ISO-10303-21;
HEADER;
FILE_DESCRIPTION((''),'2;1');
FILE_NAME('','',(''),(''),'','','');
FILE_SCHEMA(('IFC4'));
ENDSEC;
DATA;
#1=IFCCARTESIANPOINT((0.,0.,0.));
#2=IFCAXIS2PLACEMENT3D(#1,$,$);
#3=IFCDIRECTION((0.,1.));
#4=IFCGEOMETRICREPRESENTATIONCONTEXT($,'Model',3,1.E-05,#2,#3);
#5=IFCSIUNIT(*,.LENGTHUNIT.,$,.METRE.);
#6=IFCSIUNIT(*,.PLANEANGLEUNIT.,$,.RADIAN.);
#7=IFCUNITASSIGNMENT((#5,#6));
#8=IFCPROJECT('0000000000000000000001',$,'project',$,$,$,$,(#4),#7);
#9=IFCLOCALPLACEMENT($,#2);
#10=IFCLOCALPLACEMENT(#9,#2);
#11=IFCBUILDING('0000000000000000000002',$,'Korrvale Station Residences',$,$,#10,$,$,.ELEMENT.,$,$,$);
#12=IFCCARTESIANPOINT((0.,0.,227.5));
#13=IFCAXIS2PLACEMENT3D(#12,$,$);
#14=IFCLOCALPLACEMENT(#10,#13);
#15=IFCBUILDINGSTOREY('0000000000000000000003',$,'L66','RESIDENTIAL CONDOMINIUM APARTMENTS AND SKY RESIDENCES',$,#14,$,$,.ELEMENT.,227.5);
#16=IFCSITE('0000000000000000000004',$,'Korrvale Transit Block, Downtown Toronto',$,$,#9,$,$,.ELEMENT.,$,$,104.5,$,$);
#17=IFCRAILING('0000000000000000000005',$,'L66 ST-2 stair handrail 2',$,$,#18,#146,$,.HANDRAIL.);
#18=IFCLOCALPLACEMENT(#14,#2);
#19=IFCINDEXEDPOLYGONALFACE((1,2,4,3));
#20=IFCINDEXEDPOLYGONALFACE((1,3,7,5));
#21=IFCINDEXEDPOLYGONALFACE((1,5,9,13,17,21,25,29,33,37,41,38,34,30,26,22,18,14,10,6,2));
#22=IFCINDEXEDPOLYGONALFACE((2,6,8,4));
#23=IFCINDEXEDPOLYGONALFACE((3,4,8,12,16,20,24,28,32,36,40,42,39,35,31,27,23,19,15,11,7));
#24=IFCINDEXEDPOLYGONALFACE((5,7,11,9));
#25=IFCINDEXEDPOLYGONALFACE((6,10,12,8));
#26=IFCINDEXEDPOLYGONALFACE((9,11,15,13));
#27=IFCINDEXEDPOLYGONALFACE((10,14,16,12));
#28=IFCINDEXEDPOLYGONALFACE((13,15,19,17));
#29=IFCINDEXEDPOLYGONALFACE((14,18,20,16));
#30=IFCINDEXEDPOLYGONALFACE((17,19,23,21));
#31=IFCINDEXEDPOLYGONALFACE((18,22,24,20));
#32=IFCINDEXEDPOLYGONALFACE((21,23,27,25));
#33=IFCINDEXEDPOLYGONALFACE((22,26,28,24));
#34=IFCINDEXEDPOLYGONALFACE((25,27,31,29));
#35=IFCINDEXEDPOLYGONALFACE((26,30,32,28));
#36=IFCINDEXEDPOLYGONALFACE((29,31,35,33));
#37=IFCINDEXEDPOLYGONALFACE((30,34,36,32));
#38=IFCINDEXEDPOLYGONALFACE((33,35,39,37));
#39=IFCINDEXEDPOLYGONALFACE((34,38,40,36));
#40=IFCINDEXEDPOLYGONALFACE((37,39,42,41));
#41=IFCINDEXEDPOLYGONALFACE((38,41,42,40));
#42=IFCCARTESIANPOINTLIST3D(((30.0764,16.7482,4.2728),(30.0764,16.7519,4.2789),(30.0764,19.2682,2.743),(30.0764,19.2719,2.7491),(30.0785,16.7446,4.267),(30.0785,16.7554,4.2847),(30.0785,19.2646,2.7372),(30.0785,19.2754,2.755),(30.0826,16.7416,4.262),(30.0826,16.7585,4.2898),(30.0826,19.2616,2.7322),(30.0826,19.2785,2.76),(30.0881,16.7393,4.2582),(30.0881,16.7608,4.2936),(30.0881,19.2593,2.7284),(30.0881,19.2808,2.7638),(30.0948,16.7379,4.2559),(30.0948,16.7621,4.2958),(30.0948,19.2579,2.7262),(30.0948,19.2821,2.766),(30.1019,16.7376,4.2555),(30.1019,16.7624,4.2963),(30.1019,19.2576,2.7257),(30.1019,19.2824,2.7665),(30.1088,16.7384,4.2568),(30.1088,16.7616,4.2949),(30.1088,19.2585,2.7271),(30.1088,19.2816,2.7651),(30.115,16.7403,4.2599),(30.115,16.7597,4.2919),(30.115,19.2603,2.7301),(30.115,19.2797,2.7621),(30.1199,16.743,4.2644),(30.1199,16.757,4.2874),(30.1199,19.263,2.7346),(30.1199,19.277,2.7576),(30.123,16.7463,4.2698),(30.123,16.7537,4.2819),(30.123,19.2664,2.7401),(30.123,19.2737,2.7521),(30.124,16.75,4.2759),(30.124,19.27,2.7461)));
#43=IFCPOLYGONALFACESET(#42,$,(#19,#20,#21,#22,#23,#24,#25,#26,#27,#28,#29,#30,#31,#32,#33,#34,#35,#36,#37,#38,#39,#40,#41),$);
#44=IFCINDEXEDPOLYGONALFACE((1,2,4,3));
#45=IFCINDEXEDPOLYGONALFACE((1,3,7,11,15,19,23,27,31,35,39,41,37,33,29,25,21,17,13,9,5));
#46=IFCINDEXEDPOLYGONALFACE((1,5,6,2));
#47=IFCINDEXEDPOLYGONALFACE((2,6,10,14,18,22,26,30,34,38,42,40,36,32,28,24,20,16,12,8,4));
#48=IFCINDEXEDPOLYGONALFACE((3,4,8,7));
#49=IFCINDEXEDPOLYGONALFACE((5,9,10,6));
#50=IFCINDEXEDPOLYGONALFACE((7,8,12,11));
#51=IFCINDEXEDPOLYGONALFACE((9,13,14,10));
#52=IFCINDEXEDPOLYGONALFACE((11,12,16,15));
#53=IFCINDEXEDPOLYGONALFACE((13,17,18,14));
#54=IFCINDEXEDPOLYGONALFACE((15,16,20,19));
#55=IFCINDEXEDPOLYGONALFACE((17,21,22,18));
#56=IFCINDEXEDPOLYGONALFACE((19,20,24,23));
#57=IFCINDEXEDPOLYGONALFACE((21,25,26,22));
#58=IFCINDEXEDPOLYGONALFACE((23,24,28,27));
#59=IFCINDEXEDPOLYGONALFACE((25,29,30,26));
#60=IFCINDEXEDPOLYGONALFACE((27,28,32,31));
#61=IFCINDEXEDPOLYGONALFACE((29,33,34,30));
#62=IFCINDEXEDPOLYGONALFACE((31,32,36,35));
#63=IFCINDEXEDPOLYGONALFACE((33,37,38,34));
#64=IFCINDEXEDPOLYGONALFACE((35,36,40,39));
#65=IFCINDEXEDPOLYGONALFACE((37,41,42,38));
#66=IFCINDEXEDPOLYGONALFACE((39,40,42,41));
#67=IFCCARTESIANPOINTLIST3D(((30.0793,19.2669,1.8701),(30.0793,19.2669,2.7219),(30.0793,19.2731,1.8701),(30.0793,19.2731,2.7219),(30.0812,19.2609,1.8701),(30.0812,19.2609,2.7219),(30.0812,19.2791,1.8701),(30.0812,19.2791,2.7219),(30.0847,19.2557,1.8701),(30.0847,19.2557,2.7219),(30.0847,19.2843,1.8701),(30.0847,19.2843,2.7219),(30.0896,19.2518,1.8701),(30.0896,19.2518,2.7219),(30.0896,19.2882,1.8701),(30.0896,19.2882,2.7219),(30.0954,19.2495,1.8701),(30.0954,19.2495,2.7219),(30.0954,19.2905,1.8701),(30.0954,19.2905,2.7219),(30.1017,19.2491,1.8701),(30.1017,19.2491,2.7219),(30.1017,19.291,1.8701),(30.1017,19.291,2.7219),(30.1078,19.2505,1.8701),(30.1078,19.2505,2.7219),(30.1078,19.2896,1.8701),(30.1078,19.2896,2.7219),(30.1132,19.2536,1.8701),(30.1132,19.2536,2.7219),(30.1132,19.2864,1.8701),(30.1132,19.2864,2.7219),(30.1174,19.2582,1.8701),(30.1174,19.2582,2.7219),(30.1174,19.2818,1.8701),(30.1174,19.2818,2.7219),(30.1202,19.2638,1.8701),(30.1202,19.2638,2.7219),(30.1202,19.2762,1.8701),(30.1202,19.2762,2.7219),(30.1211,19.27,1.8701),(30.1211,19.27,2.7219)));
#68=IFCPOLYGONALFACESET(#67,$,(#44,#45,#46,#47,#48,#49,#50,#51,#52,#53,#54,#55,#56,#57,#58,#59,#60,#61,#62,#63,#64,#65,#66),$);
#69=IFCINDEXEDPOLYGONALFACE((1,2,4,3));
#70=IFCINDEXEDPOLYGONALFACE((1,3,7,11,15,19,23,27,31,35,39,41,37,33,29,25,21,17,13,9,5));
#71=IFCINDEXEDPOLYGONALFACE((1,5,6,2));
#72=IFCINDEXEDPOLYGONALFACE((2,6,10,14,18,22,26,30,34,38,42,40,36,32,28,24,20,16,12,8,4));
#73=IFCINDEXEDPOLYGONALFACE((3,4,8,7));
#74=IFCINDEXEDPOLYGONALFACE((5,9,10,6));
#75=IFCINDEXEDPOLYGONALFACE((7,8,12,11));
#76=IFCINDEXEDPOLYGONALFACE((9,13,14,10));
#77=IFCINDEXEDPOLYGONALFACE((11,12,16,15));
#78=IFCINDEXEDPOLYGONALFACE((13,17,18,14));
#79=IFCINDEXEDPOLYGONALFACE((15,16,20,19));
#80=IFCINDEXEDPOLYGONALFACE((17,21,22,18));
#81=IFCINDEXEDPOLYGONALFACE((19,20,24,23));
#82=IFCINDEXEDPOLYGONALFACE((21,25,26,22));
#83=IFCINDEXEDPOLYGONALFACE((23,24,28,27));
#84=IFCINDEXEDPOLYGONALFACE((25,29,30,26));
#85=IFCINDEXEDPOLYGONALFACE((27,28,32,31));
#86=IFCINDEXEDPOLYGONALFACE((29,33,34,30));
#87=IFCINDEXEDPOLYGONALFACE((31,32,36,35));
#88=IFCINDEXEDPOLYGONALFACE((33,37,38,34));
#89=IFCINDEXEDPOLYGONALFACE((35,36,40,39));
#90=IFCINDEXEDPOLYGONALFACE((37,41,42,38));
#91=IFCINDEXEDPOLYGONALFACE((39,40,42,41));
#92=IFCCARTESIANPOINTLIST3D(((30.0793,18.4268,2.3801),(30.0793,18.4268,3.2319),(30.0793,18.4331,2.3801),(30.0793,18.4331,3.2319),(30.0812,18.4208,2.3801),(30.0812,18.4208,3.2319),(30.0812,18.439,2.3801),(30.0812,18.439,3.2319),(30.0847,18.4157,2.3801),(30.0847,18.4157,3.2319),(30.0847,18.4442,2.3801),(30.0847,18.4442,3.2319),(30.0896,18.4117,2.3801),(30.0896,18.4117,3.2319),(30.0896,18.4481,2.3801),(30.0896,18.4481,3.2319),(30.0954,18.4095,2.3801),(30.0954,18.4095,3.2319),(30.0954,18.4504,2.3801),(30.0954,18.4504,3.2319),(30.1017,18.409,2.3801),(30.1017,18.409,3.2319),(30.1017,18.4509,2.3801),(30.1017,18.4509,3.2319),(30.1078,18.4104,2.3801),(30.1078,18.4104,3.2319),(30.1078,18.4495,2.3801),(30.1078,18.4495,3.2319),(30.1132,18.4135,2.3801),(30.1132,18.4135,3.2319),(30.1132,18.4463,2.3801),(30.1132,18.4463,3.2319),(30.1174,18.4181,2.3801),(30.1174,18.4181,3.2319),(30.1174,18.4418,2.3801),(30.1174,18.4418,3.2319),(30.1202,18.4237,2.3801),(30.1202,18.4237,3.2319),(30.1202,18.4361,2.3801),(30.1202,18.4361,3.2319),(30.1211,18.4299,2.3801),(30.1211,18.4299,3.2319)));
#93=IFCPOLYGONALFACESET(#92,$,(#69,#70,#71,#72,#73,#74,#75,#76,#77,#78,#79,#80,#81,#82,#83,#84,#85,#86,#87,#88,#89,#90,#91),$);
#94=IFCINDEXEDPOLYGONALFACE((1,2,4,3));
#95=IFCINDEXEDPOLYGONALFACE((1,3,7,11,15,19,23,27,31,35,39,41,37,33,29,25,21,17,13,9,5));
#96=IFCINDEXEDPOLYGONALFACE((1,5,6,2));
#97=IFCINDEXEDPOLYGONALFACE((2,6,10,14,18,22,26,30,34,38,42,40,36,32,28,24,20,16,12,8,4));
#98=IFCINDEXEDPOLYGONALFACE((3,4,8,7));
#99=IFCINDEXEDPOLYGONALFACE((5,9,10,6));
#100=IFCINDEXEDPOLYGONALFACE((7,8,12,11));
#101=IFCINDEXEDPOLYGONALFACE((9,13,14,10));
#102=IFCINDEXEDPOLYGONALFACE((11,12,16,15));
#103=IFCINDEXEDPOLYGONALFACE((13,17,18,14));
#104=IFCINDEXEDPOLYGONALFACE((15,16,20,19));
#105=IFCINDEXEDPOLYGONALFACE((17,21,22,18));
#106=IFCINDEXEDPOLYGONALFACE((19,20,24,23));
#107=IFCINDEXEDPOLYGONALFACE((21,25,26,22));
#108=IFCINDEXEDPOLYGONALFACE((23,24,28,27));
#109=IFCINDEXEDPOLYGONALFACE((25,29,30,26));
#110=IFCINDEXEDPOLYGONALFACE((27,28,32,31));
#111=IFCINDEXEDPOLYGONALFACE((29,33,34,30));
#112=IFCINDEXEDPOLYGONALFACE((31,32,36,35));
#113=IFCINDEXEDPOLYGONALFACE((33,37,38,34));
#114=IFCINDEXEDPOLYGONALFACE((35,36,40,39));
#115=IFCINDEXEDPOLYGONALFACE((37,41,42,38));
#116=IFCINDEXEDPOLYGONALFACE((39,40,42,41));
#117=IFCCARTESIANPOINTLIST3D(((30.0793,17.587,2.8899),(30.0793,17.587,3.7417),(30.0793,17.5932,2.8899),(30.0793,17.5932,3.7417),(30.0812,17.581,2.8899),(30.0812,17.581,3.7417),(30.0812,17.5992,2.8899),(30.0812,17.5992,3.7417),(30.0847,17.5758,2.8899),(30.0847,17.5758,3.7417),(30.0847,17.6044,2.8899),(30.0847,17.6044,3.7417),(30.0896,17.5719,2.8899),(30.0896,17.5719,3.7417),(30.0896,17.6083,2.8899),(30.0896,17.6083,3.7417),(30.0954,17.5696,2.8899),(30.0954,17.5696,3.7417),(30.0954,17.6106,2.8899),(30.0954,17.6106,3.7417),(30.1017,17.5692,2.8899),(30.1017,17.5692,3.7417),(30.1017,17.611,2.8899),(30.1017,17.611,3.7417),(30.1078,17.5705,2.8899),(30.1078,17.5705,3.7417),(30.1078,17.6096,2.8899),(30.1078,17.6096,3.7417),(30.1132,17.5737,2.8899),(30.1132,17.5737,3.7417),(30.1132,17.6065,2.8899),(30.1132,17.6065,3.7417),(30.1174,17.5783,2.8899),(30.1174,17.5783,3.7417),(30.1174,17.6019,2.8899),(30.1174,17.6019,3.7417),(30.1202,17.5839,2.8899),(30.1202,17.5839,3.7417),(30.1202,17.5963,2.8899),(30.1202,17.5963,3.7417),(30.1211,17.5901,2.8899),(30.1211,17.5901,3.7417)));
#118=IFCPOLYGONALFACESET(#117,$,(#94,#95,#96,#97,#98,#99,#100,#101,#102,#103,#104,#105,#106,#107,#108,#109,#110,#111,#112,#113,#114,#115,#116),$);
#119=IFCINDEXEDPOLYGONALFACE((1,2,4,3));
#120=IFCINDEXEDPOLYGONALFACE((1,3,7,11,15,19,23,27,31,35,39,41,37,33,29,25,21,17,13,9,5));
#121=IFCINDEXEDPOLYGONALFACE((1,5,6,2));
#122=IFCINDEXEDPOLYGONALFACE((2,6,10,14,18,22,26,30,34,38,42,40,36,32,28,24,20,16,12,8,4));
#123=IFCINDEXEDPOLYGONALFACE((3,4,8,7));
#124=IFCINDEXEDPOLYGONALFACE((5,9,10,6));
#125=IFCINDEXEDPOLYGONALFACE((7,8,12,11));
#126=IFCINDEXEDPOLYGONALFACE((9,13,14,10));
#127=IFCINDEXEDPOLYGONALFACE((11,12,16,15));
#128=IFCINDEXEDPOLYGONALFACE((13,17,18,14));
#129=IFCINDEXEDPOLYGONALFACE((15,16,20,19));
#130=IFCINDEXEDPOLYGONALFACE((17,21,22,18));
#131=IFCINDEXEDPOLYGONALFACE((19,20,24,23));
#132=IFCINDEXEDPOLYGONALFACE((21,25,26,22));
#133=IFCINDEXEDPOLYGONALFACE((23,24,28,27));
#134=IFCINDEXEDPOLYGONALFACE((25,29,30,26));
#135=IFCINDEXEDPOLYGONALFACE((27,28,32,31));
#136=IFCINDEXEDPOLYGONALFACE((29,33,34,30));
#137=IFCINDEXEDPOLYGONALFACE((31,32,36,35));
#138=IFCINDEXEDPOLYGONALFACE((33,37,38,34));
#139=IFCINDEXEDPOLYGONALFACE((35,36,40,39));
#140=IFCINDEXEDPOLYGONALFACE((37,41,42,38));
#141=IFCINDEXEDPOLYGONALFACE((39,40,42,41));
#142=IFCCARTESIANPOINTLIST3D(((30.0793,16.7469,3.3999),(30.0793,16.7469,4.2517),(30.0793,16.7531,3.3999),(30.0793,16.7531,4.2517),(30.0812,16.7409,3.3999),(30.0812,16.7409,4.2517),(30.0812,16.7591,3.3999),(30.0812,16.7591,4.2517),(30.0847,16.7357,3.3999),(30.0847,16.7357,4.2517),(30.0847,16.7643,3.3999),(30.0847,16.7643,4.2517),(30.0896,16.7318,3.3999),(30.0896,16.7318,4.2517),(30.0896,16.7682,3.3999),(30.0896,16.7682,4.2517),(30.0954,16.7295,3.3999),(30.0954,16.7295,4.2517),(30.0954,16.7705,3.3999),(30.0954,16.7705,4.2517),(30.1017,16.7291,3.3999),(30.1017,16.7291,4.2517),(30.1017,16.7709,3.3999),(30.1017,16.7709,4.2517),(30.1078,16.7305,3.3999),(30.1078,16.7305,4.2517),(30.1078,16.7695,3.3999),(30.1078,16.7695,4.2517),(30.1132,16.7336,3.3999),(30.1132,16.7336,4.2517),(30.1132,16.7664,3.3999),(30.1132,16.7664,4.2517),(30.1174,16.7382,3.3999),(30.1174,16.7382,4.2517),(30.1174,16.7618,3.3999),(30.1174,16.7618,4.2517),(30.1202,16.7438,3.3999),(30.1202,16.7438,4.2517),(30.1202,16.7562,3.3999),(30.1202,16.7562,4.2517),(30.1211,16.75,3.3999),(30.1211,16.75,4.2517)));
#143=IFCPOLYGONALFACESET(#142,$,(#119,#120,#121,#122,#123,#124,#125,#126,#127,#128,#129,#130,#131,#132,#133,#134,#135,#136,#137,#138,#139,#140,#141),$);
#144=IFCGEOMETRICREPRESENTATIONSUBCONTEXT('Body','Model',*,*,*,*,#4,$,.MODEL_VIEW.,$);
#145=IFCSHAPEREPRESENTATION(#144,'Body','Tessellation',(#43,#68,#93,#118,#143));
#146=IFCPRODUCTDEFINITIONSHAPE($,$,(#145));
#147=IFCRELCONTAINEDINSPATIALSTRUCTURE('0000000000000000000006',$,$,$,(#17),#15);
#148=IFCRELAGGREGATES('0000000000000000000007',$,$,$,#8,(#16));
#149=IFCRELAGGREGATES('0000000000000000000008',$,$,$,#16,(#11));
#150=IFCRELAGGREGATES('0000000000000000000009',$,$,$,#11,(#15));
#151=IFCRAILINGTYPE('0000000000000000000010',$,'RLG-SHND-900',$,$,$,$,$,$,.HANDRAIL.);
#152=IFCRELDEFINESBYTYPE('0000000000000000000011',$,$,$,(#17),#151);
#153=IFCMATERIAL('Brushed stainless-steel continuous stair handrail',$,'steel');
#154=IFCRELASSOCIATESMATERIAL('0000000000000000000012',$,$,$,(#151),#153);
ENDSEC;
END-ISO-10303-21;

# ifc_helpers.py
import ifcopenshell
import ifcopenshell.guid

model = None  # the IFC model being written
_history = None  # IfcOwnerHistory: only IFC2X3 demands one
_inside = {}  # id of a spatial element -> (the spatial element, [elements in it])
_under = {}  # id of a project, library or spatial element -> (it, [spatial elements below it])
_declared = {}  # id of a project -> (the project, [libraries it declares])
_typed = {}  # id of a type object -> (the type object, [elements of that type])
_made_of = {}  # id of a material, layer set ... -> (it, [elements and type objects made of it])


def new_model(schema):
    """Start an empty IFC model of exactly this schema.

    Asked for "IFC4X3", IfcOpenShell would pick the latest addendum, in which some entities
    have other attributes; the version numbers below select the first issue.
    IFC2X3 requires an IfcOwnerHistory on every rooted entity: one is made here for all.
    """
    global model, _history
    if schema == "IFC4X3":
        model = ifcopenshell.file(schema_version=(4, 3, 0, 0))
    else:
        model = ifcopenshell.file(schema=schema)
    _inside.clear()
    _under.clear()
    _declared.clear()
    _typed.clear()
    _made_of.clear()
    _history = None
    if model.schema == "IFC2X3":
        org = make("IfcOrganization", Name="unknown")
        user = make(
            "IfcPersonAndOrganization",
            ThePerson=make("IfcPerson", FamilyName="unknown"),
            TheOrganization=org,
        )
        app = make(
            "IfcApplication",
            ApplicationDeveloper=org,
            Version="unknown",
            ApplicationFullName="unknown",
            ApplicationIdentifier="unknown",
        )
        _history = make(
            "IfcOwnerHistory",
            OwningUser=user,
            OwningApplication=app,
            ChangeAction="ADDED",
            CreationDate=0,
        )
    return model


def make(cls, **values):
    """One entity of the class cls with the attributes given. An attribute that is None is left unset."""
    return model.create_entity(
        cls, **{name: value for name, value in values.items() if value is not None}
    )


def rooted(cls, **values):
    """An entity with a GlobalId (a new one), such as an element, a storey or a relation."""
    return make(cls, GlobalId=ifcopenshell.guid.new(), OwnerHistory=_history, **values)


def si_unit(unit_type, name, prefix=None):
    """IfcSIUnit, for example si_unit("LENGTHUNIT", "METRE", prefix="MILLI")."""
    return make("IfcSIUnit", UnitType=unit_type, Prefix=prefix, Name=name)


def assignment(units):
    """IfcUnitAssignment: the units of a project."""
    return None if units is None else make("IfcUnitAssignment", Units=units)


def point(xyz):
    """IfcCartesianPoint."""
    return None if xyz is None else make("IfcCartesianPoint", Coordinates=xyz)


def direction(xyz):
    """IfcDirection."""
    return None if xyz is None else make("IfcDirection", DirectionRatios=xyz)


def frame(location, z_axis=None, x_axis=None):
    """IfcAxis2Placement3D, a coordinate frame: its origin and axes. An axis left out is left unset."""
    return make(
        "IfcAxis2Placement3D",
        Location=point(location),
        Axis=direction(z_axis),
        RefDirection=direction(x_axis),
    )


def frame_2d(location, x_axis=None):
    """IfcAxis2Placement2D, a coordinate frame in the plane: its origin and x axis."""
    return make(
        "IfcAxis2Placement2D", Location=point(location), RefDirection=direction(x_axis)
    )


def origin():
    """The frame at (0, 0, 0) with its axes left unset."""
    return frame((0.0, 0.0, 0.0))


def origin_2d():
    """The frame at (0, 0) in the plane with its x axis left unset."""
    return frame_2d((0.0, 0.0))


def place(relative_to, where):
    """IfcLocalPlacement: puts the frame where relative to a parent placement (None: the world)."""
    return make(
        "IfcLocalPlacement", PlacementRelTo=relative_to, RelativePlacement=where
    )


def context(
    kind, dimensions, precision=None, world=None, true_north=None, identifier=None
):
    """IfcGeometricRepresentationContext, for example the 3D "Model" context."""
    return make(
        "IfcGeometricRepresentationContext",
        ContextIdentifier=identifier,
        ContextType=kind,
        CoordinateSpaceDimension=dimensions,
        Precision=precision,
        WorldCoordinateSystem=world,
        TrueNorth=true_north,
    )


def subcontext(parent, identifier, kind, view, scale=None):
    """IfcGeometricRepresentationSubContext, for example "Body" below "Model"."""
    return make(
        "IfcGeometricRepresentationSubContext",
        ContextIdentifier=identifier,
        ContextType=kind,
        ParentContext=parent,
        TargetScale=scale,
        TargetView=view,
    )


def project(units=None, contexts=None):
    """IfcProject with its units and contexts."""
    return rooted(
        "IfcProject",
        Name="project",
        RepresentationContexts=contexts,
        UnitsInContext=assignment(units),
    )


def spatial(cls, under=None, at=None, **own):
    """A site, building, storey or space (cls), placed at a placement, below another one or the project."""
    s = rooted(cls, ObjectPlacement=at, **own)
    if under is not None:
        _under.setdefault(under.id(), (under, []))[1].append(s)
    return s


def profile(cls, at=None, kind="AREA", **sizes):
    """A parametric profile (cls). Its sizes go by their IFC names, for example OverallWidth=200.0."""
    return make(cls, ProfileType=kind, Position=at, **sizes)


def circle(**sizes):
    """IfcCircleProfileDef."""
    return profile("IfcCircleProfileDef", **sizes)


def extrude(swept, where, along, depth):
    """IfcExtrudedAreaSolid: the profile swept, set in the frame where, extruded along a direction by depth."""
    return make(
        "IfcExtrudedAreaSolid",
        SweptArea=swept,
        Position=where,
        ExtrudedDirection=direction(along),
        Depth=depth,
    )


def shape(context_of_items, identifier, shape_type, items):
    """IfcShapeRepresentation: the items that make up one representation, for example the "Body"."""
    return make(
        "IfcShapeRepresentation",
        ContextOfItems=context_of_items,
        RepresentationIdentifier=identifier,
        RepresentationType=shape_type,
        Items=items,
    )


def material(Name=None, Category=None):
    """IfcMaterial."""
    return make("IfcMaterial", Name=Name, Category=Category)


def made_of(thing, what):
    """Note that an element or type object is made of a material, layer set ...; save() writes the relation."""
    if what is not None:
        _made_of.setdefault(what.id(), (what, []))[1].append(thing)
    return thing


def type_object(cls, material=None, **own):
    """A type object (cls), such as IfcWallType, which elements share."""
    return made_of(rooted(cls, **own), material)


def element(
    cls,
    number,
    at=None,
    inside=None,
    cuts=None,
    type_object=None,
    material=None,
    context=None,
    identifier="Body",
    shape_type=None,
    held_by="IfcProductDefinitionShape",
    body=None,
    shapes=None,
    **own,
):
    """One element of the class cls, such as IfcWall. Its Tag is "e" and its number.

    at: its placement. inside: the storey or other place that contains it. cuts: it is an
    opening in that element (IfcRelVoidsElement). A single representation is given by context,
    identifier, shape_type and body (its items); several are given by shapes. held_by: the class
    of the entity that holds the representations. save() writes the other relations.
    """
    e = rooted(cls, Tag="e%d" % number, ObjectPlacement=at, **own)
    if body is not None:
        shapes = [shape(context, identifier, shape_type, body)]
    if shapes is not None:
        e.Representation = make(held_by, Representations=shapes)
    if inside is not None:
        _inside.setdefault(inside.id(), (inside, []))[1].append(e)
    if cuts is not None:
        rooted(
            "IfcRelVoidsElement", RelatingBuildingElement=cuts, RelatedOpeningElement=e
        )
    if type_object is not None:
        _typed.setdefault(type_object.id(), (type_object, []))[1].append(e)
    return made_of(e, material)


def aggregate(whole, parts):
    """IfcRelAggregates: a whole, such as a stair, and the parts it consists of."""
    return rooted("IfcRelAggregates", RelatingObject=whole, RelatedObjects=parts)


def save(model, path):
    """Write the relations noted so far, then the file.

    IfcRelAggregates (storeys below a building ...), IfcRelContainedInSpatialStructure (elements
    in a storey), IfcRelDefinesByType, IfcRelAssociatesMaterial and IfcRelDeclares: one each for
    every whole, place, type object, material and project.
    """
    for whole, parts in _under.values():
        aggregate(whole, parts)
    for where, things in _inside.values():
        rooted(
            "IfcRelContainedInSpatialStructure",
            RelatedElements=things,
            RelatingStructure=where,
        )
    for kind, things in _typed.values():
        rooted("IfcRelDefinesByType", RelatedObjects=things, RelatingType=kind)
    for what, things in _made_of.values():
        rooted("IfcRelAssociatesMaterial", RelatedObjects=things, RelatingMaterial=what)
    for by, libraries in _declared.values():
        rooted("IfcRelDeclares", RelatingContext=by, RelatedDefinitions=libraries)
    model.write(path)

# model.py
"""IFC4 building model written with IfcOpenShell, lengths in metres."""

from ifc_helpers import new_model, si_unit, direction, frame, origin, origin_2d, place, context, subcontext, project, spatial, circle, extrude, material, type_object, element, save


model = new_model("IFC4")

# Units and contexts
model_context = context("Model", 3, precision=1e-05, world=origin(), true_north=direction((0.0, 1.0)))
body_context = subcontext(model_context, "Body", "Model", "MODEL_VIEW")
ifc_project = project(units=[si_unit("LENGTHUNIT", "METRE"), si_unit("PLANEANGLEUNIT", "RADIAN")], contexts=[model_context])

# Site, building, storey
site_placement = place(None, origin())
site = spatial("IfcSite", under=ifc_project, at=site_placement, Name="Korrvale Transit Block, Downtown Toronto", CompositionType="ELEMENT", RefElevation=104.5)
building_placement = place(site_placement, origin())
building = spatial("IfcBuilding", under=site, at=building_placement, Name="Korrvale Station Residences", CompositionType="ELEMENT")
storey_placement = place(building_placement, frame((0.0, 0.0, 227.5)))
storey = spatial("IfcBuildingStorey", under=building, at=storey_placement, Name="L66", Description="RESIDENTIAL CONDOMINIUM APARTMENTS AND SKY RESIDENCES", CompositionType="ELEMENT", Elevation=227.5)

# Railing
ifc_material_1 = material(Name="Brushed stainless-steel continuous stair handrail", Category="steel")
railing_type_1 = type_object("IfcRailingType", Name="RLG-SHND-900", PredefinedType="HANDRAIL", material=ifc_material_1)
railing_1_placement = place(storey_placement, frame((30.1001, 19.27, 1.8701)))
element("IfcRailing", 1, at=railing_1_placement, inside=storey, type_object=railing_type_1, Name="L66 ST-2 stair handrail 2", PredefinedType="HANDRAIL", context=body_context, shape_type="SweptSolid", body=[
    extrude(circle(Radius=0.0239, at=origin_2d()), frame((0.0, 0.0, 0.876), z_axis=(0.0, -0.854822, 0.518922), x_axis=(1.0, 0.0, 0.0)), (0.0, 0.0, 1.0), 2.948),
    extrude(circle(Radius=0.021, at=origin_2d()), origin(), (0.0, 0.0, 1.0), 0.8518),
    extrude(circle(Radius=0.021, at=origin_2d()), frame((0.0, -0.8401, 0.51)), (0.0, 0.0, 1.0), 0.8518),
    extrude(circle(Radius=0.021, at=origin_2d()), frame((0.0, -1.6799, 1.0198)), (0.0, 0.0, 1.0), 0.8518),
    extrude(circle(Radius=0.021, at=origin_2d()), frame((0.0, -2.52, 1.5298)), (0.0, 0.0, 1.0), 0.8518),
])

save(model, "model.ifc")
